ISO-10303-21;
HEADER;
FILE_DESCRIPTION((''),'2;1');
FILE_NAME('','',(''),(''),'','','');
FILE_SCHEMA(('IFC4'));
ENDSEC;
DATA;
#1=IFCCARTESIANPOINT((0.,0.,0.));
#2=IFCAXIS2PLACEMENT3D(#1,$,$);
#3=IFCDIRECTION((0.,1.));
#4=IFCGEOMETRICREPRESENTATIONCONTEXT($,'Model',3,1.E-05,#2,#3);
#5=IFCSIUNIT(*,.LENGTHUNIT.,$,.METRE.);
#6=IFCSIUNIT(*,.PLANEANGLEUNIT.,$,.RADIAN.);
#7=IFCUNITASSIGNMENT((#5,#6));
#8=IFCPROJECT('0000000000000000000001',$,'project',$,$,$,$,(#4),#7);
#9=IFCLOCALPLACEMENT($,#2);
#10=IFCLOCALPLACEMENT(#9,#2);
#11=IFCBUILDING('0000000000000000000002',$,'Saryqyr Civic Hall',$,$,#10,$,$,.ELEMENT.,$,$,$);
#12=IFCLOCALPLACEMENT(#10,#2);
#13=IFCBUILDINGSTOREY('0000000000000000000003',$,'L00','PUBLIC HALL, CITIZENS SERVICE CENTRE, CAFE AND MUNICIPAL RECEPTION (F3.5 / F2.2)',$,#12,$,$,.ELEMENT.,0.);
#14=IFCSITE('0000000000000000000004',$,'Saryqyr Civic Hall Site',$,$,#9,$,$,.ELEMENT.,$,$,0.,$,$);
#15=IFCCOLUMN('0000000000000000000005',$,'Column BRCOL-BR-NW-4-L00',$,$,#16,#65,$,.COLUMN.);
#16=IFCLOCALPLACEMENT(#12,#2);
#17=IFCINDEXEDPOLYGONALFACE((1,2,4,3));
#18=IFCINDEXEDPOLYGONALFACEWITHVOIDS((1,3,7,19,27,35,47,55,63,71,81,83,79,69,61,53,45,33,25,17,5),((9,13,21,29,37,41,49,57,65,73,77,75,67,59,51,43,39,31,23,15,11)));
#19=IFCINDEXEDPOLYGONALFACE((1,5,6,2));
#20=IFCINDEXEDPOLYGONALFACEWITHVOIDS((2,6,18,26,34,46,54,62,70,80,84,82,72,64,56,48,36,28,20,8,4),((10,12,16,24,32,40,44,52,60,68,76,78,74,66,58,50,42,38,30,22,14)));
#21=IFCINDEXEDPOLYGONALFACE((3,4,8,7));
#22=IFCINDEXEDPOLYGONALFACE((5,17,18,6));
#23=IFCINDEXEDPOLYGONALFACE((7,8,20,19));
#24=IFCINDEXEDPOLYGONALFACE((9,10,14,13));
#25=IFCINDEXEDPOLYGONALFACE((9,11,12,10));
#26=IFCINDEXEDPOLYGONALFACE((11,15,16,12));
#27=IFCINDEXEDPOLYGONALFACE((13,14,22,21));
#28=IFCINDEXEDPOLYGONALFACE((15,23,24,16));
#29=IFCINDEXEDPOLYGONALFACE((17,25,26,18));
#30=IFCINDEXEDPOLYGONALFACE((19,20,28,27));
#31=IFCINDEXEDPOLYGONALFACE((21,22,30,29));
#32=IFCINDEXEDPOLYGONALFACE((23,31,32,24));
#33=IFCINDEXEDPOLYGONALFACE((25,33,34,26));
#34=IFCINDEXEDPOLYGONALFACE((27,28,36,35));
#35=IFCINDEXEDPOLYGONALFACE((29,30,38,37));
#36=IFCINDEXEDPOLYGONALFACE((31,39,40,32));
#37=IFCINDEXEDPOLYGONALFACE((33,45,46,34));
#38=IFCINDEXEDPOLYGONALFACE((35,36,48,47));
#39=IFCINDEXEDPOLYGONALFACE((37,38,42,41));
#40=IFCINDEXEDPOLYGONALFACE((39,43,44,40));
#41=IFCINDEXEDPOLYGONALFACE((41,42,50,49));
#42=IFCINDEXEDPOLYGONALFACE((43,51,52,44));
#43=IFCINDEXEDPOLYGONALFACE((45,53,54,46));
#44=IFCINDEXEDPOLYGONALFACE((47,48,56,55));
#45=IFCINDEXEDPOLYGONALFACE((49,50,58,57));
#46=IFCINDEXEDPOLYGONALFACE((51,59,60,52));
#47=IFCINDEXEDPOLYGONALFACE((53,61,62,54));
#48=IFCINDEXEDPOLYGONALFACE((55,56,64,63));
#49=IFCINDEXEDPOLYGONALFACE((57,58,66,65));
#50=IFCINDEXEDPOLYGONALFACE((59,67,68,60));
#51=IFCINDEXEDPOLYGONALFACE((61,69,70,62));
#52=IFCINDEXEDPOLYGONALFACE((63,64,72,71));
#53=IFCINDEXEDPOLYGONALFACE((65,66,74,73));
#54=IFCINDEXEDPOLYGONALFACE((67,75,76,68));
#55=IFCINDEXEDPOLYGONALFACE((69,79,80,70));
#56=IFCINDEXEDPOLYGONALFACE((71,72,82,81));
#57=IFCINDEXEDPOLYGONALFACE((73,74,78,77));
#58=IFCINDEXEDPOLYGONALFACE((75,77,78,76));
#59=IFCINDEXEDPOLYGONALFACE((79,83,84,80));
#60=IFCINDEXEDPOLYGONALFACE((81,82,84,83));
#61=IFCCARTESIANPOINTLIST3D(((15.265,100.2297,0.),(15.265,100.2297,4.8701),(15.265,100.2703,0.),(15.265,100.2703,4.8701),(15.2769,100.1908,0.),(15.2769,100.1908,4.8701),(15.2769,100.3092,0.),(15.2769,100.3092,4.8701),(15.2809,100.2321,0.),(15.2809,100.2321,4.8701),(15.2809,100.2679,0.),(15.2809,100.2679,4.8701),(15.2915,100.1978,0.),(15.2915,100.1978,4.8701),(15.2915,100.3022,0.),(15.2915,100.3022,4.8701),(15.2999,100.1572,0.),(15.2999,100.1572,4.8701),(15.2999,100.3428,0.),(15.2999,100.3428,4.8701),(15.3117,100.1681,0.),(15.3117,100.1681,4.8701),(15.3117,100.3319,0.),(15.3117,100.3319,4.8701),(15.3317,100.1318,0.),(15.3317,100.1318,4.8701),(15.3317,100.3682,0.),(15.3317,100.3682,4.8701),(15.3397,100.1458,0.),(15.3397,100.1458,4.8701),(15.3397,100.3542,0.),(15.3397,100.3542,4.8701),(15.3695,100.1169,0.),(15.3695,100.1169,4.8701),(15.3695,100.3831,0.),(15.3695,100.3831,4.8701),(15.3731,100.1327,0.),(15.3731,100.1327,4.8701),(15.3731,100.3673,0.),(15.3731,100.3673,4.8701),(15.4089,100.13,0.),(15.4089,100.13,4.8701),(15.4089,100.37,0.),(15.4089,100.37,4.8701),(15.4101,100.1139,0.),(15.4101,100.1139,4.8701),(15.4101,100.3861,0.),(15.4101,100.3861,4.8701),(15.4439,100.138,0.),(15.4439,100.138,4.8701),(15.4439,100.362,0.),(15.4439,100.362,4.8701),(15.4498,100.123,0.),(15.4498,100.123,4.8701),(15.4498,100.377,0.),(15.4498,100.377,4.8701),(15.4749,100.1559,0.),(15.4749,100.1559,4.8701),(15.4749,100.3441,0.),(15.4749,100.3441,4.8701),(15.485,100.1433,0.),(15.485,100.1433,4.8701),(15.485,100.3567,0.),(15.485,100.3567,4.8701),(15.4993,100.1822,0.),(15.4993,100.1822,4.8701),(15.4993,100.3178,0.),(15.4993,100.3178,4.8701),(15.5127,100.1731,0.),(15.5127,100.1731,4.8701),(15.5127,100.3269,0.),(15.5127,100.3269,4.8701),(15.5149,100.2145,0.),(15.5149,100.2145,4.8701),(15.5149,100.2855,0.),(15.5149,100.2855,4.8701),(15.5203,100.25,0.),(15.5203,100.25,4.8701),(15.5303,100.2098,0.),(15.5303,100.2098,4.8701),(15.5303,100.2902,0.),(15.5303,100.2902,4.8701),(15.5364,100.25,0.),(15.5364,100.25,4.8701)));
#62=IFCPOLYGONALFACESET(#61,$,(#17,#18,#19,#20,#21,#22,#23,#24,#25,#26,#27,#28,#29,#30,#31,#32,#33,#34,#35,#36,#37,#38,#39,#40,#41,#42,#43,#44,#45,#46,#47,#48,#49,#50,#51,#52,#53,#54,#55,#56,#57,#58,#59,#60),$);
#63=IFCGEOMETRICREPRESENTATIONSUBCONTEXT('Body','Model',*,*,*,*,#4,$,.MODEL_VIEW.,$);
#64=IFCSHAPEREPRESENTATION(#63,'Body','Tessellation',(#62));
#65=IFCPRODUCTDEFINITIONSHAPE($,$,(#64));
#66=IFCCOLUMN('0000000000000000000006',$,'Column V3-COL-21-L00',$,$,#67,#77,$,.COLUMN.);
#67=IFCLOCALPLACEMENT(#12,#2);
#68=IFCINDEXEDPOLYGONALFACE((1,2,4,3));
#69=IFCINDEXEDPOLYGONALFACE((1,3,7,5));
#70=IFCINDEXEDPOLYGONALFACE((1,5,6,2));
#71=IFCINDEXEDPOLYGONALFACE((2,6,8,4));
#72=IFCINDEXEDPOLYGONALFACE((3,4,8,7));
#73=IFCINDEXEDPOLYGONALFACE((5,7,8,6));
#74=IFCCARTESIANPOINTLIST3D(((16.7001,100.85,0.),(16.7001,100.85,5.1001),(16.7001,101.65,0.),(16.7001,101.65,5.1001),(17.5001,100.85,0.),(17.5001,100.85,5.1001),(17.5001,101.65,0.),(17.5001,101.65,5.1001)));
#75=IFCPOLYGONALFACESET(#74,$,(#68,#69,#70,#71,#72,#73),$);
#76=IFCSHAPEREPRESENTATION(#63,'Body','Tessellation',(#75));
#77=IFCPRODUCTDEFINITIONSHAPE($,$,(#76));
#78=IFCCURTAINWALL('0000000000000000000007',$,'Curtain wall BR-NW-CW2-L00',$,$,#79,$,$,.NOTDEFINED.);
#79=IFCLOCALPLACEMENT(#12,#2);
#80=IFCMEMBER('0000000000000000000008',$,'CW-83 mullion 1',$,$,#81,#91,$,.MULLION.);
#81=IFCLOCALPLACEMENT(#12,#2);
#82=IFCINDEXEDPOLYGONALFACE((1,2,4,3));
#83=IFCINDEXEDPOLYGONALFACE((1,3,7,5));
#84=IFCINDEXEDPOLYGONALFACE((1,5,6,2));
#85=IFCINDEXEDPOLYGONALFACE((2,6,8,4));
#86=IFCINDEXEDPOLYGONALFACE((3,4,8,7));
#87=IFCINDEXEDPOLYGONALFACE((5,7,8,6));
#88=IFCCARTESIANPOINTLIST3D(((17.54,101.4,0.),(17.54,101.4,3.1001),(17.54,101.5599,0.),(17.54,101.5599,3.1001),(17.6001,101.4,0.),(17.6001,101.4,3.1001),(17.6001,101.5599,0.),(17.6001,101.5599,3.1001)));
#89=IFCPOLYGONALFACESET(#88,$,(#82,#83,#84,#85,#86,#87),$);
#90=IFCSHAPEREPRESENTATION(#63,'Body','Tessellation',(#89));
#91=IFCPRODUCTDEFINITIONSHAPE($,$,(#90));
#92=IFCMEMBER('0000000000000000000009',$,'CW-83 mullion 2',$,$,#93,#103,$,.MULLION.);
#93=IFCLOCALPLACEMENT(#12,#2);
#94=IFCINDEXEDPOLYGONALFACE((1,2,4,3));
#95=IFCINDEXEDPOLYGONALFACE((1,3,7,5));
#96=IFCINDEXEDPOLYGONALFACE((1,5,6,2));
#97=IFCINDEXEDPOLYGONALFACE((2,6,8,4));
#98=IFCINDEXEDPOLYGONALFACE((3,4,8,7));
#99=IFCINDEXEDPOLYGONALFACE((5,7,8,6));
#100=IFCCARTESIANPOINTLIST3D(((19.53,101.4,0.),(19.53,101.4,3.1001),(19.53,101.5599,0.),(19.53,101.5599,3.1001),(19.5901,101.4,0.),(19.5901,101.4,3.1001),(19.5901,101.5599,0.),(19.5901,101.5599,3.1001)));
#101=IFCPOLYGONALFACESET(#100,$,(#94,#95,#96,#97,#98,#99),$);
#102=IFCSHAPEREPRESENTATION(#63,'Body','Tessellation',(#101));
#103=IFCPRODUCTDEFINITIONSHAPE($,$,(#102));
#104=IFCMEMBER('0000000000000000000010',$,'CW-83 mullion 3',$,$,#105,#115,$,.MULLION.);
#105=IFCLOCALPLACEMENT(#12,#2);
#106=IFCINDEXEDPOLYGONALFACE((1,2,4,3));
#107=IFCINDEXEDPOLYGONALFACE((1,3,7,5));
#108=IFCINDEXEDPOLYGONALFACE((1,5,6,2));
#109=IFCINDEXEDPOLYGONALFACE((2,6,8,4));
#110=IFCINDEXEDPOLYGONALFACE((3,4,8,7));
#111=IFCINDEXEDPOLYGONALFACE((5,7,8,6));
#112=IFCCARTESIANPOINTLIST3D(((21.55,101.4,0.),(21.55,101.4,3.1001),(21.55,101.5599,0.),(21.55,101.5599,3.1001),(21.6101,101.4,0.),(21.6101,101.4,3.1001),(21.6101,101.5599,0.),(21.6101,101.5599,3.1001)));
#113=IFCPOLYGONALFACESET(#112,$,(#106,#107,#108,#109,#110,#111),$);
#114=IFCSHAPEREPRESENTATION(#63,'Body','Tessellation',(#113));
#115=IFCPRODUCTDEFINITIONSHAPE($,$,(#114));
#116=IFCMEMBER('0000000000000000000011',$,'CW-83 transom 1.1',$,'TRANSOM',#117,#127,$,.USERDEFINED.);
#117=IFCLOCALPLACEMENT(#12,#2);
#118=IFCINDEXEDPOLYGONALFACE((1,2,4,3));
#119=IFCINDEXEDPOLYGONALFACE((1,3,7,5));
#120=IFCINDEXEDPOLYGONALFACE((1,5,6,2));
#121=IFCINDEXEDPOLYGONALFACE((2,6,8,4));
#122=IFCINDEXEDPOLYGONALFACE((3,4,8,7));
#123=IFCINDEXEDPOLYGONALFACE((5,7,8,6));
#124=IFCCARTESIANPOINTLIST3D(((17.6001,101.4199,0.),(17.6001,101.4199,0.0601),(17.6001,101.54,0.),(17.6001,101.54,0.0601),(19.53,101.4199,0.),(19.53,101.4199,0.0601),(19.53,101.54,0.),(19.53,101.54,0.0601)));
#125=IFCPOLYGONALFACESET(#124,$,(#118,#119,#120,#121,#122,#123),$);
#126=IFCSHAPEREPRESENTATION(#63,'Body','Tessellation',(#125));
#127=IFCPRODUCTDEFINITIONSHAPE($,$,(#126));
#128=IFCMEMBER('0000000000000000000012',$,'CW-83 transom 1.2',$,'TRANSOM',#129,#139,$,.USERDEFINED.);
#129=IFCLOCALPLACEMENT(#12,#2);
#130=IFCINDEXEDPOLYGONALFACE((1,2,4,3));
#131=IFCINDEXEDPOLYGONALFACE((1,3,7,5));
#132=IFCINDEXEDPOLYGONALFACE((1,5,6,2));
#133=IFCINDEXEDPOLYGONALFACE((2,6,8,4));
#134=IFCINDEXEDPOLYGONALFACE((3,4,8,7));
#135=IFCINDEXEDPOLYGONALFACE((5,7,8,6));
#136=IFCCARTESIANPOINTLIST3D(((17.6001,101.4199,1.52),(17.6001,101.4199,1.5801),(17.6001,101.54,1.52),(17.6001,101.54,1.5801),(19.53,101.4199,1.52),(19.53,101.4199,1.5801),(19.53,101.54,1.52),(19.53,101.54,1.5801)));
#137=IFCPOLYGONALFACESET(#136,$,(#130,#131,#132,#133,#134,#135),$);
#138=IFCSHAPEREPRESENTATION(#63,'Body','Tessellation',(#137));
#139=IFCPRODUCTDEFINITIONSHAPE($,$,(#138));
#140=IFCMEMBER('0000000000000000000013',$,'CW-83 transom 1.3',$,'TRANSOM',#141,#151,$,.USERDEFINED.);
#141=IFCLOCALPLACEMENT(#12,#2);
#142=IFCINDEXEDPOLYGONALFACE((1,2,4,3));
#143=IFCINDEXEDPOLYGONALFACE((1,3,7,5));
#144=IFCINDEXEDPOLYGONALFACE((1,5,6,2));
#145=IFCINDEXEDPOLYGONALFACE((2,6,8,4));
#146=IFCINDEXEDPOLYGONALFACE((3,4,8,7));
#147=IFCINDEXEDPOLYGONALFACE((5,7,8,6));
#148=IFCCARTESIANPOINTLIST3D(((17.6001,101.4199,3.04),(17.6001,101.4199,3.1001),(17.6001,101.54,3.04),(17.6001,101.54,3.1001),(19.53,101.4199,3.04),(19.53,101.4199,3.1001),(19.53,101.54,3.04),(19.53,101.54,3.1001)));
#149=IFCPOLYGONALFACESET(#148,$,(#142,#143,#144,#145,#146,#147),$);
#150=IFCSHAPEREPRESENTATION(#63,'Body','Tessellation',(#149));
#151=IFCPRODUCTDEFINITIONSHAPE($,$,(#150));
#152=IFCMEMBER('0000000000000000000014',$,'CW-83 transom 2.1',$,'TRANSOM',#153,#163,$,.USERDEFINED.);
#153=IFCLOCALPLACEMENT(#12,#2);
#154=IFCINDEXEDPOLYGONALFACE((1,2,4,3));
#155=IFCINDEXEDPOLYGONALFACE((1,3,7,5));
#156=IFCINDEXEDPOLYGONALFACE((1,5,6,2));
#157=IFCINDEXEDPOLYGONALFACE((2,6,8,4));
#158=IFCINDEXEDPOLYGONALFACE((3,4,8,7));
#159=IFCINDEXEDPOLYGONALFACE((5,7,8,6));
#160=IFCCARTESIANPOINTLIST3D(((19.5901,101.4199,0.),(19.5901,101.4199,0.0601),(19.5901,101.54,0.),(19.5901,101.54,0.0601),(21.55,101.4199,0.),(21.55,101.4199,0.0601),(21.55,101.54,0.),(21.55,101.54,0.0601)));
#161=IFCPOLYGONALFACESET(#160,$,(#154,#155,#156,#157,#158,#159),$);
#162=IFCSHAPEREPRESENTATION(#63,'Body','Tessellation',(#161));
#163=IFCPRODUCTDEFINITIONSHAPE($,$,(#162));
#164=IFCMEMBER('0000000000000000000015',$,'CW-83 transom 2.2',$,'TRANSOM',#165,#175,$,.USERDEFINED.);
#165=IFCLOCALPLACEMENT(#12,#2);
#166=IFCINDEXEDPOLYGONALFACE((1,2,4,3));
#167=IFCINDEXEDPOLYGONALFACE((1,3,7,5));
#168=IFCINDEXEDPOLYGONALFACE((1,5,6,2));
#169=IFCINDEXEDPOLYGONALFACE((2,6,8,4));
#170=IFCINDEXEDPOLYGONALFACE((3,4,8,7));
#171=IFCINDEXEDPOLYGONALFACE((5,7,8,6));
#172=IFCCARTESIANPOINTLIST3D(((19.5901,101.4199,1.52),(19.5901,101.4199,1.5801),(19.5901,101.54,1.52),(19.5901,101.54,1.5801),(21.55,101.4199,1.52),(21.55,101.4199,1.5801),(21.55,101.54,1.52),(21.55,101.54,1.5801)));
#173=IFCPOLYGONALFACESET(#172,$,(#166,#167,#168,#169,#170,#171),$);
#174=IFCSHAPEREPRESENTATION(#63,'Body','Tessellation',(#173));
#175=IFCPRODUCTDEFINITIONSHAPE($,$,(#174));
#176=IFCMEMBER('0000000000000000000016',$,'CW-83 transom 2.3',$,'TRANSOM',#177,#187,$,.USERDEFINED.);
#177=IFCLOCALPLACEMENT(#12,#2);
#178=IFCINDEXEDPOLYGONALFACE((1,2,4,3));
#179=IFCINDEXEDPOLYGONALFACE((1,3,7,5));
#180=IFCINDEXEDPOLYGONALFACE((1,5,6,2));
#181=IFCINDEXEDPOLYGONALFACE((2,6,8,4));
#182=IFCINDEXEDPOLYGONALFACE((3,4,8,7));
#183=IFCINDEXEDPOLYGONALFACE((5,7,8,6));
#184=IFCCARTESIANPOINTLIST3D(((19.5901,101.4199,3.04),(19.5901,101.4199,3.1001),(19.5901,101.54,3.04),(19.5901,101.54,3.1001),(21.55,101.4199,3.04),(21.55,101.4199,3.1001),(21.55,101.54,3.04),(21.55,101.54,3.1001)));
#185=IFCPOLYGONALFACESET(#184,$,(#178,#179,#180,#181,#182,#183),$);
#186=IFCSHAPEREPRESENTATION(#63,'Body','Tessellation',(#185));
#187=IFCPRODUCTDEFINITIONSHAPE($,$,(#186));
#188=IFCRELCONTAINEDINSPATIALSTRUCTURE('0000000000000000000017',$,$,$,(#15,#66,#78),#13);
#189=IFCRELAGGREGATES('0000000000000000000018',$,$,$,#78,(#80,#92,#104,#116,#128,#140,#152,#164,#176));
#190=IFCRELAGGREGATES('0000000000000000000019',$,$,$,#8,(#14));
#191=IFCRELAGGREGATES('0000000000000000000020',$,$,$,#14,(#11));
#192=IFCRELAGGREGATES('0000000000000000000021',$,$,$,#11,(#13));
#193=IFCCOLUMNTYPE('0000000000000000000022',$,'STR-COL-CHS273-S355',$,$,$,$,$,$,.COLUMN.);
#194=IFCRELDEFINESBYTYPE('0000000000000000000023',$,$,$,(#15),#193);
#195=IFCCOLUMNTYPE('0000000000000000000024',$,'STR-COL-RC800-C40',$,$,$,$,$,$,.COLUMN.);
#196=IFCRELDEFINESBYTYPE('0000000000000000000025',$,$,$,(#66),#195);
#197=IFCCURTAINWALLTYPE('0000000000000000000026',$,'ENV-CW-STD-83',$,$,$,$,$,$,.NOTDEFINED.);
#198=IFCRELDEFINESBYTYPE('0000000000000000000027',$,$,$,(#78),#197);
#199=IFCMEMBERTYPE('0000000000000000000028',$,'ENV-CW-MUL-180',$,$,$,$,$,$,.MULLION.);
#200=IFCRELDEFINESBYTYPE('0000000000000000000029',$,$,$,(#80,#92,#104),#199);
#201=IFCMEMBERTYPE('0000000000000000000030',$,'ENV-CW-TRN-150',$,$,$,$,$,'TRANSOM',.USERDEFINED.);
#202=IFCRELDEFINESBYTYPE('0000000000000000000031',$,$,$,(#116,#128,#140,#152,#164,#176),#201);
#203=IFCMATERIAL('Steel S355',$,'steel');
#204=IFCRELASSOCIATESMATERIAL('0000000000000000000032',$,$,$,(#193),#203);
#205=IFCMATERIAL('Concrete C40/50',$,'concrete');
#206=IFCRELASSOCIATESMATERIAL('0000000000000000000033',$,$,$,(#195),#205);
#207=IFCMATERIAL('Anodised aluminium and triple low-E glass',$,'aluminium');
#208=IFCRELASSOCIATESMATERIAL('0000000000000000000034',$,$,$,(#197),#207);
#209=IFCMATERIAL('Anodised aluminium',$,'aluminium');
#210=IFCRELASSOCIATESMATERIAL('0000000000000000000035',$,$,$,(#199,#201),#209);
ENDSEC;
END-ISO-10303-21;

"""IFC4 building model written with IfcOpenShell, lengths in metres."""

from ifc_helpers import new_model, si_unit, direction, frame, origin, origin_2d, place, context, subcontext, project, spatial, rectangle, hollow_circle, extrude, material, material_profile, profile_set, type_object, element, aggregate, save


model = new_model("IFC4")

# Units and contexts
model_context = context("Model", 3, precision=1e-05, world=origin(), true_north=direction((0.0, 1.0)))
body_context = subcontext(model_context, "Body", "Model", "MODEL_VIEW")
ifc_project = project(units=[si_unit("LENGTHUNIT", "METRE"), si_unit("PLANEANGLEUNIT", "RADIAN")], contexts=[model_context])

# Site, building, storey
site_placement = place(None, origin())
site = spatial("IfcSite", under=ifc_project, at=site_placement, Name="Saryqyr Civic Hall Site", CompositionType="ELEMENT", RefElevation=0.0)
building_placement = place(site_placement, origin())
building = spatial("IfcBuilding", under=site, at=building_placement, Name="Saryqyr Civic Hall", CompositionType="ELEMENT")
storey_placement = place(building_placement, origin())
storey = spatial("IfcBuildingStorey", under=building, at=storey_placement, Name="L00", Description="PUBLIC HALL, CITIZENS SERVICE CENTRE, CAFE AND MUNICIPAL RECEPTION (F3.5 / F2.2)", CompositionType="ELEMENT", Elevation=0.0)

# Columns
ifc_material_1 = material(Name="Steel S355", Category="steel")
ifc_material_profile_1 = material_profile(ifc_material_1, hollow_circle(Radius=0.1365, WallThickness=0.0161, at=origin_2d()), Name="CHS 273x16")
ifc_profile_set_1 = profile_set([ifc_material_profile_1], Name="Steel S355")
column_type_1 = type_object("IfcColumnType", Name="STR-COL-CHS273-S355", PredefinedType="COLUMN", material=ifc_profile_set_1)
column_1_placement = place(storey_placement, frame((15.3999, 100.25, 0.0), z_axis=(0.0, 0.0, 1.0), x_axis=(1.0, 0.0, 0.0)))
element("IfcColumn", 1, at=column_1_placement, inside=storey, type_object=column_type_1, Name="Column BRCOL-BR-NW-4-L00", PredefinedType="COLUMN", context=body_context, shape_type="SweptSolid", body=[
    extrude(hollow_circle(Radius=0.1365, WallThickness=0.0161, at=origin_2d()), origin(), (0.0, 0.0, 1.0), 4.8701),
])
ifc_material_2 = material(Name="Concrete C40/50", Category="concrete")
ifc_material_profile_2 = material_profile(ifc_material_2, rectangle(XDim=0.8, YDim=0.8, at=origin_2d()), Name="RC 800x800")
ifc_profile_set_2 = profile_set([ifc_material_profile_2], Name="Concrete C40/50")
column_type_2 = type_object("IfcColumnType", Name="STR-COL-RC800-C40", PredefinedType="COLUMN", material=ifc_profile_set_2)
column_2_placement = place(storey_placement, frame((17.1001, 101.25, 0.0), z_axis=(0.0, 0.0, 1.0), x_axis=(1.0, 0.0, 0.0)))
element("IfcColumn", 2, at=column_2_placement, inside=storey, type_object=column_type_2, Name="Column V3-COL-21-L00", PredefinedType="COLUMN", context=body_context, shape_type="SweptSolid", body=[
    extrude(rectangle(XDim=0.8, YDim=0.8, at=origin_2d()), origin(), (0.0, 0.0, 1.0), 5.1001),
])

# Curtain wall, members
ifc_material_3 = material(Name="Anodised aluminium and triple low-E glass", Category="aluminium")
curtain_wall_type = type_object("IfcCurtainWallType", Name="ENV-CW-STD-83", PredefinedType="NOTDEFINED", material=ifc_material_3)
curtain_wall_placement = place(storey_placement, origin())
curtain_wall = element("IfcCurtainWall", 3, at=curtain_wall_placement, inside=storey, type_object=curtain_wall_type, Name="Curtain wall BR-NW-CW2-L00", PredefinedType="NOTDEFINED")
ifc_material_4 = material(Name="Anodised aluminium", Category="aluminium")
ifc_material_profile_3 = material_profile(ifc_material_4, rectangle(XDim=0.0601, YDim=0.1599, at=origin_2d()), Name="ALU MULLION 60x160")
ifc_profile_set_3 = profile_set([ifc_material_profile_3], Name="Anodised aluminium")
member_type_1 = type_object("IfcMemberType", Name="ENV-CW-MUL-180", PredefinedType="MULLION", material=ifc_profile_set_3)
member_1_placement = place(storey_placement, frame((17.5701, 101.48, 0.0), z_axis=(0.0, 0.0, 1.0), x_axis=(1.0, 0.0, 0.0)))
member_1 = element("IfcMember", 4, at=member_1_placement, type_object=member_type_1, Name="CW-83 mullion 1", PredefinedType="MULLION", context=body_context, shape_type="SweptSolid", body=[
    extrude(rectangle(XDim=0.0601, YDim=0.1599, at=origin_2d()), origin(), (0.0, 0.0, 1.0), 3.1001),
])
member_2_placement = place(storey_placement, frame((19.5601, 101.48, 0.0), z_axis=(0.0, 0.0, 1.0), x_axis=(1.0, 0.0, 0.0)))
member_2 = element("IfcMember", 5, at=member_2_placement, type_object=member_type_1, Name="CW-83 mullion 2", PredefinedType="MULLION", context=body_context, shape_type="SweptSolid", body=[
    extrude(rectangle(XDim=0.0601, YDim=0.1599, at=origin_2d()), origin(), (0.0, 0.0, 1.0), 3.1001),
])
member_3_placement = place(storey_placement, frame((21.5801, 101.48, 0.0), z_axis=(0.0, 0.0, 1.0), x_axis=(1.0, 0.0, 0.0)))
member_3 = element("IfcMember", 6, at=member_3_placement, type_object=member_type_1, Name="CW-83 mullion 3", PredefinedType="MULLION", context=body_context, shape_type="SweptSolid", body=[
    extrude(rectangle(XDim=0.0601, YDim=0.1599, at=origin_2d()), origin(), (0.0, 0.0, 1.0), 3.1001),
])
ifc_material_profile_4 = material_profile(ifc_material_4, rectangle(XDim=0.1201, YDim=0.0601, at=origin_2d()), Name="ALU TRANSOM 120x60")
ifc_profile_set_4 = profile_set([ifc_material_profile_4], Name="Anodised aluminium")
member_type_2 = type_object("IfcMemberType", Name="ENV-CW-TRN-150", ElementType="TRANSOM", PredefinedType="USERDEFINED", material=ifc_profile_set_4)
member_4_placement = place(storey_placement, frame((17.6001, 101.48, 0.03), z_axis=(1.0, 0.0, 0.0), x_axis=(0.0, 1.0, 0.0)))
member_4 = element("IfcMember", 7, at=member_4_placement, type_object=member_type_2, Name="CW-83 transom 1.1", ObjectType="TRANSOM", PredefinedType="USERDEFINED", context=body_context, shape_type="SweptSolid", body=[
    extrude(rectangle(XDim=0.1201, YDim=0.0601, at=origin_2d()), origin(), (0.0, 0.0, 1.0), 1.9299),
])
member_5_placement = place(storey_placement, frame((17.6001, 101.48, 1.55), z_axis=(1.0, 0.0, 0.0), x_axis=(0.0, 1.0, 0.0)))
member_5 = element("IfcMember", 8, at=member_5_placement, type_object=member_type_2, Name="CW-83 transom 1.2", ObjectType="TRANSOM", PredefinedType="USERDEFINED", context=body_context, shape_type="SweptSolid", body=[
    extrude(rectangle(XDim=0.1201, YDim=0.0601, at=origin_2d()), origin(), (0.0, 0.0, 1.0), 1.9299),
])
member_6_placement = place(storey_placement, frame((17.6001, 101.48, 3.0701), z_axis=(1.0, 0.0, 0.0), x_axis=(0.0, 1.0, 0.0)))
member_6 = element("IfcMember", 9, at=member_6_placement, type_object=member_type_2, Name="CW-83 transom 1.3", ObjectType="TRANSOM", PredefinedType="USERDEFINED", context=body_context, shape_type="SweptSolid", body=[
    extrude(rectangle(XDim=0.1201, YDim=0.0601, at=origin_2d()), origin(), (0.0, 0.0, 1.0), 1.9299),
])
member_7_placement = place(storey_placement, frame((19.5901, 101.48, 0.03), z_axis=(1.0, 0.0, 0.0), x_axis=(0.0, 1.0, 0.0)))
member_7 = element("IfcMember", 10, at=member_7_placement, type_object=member_type_2, Name="CW-83 transom 2.1", ObjectType="TRANSOM", PredefinedType="USERDEFINED", context=body_context, shape_type="SweptSolid", body=[
    extrude(rectangle(XDim=0.1201, YDim=0.0601, at=origin_2d()), origin(), (0.0, 0.0, 1.0), 1.96),
])
member_8_placement = place(storey_placement, frame((19.5901, 101.48, 1.55), z_axis=(1.0, 0.0, 0.0), x_axis=(0.0, 1.0, 0.0)))
member_8 = element("IfcMember", 11, at=member_8_placement, type_object=member_type_2, Name="CW-83 transom 2.2", ObjectType="TRANSOM", PredefinedType="USERDEFINED", context=body_context, shape_type="SweptSolid", body=[
    extrude(rectangle(XDim=0.1201, YDim=0.0601, at=origin_2d()), origin(), (0.0, 0.0, 1.0), 1.96),
])
member_9_placement = place(storey_placement, frame((19.5901, 101.48, 3.0701), z_axis=(1.0, 0.0, 0.0), x_axis=(0.0, 1.0, 0.0)))
member_9 = element("IfcMember", 12, at=member_9_placement, type_object=member_type_2, Name="CW-83 transom 2.3", ObjectType="TRANSOM", PredefinedType="USERDEFINED", context=body_context, shape_type="SweptSolid", body=[
    extrude(rectangle(XDim=0.1201, YDim=0.0601, at=origin_2d()), origin(), (0.0, 0.0, 1.0), 1.96),
])

aggregate(curtain_wall, [member_1, member_2, member_3, member_4, member_5, member_6, member_7, member_8, member_9])

save(model, "model.ifc")
